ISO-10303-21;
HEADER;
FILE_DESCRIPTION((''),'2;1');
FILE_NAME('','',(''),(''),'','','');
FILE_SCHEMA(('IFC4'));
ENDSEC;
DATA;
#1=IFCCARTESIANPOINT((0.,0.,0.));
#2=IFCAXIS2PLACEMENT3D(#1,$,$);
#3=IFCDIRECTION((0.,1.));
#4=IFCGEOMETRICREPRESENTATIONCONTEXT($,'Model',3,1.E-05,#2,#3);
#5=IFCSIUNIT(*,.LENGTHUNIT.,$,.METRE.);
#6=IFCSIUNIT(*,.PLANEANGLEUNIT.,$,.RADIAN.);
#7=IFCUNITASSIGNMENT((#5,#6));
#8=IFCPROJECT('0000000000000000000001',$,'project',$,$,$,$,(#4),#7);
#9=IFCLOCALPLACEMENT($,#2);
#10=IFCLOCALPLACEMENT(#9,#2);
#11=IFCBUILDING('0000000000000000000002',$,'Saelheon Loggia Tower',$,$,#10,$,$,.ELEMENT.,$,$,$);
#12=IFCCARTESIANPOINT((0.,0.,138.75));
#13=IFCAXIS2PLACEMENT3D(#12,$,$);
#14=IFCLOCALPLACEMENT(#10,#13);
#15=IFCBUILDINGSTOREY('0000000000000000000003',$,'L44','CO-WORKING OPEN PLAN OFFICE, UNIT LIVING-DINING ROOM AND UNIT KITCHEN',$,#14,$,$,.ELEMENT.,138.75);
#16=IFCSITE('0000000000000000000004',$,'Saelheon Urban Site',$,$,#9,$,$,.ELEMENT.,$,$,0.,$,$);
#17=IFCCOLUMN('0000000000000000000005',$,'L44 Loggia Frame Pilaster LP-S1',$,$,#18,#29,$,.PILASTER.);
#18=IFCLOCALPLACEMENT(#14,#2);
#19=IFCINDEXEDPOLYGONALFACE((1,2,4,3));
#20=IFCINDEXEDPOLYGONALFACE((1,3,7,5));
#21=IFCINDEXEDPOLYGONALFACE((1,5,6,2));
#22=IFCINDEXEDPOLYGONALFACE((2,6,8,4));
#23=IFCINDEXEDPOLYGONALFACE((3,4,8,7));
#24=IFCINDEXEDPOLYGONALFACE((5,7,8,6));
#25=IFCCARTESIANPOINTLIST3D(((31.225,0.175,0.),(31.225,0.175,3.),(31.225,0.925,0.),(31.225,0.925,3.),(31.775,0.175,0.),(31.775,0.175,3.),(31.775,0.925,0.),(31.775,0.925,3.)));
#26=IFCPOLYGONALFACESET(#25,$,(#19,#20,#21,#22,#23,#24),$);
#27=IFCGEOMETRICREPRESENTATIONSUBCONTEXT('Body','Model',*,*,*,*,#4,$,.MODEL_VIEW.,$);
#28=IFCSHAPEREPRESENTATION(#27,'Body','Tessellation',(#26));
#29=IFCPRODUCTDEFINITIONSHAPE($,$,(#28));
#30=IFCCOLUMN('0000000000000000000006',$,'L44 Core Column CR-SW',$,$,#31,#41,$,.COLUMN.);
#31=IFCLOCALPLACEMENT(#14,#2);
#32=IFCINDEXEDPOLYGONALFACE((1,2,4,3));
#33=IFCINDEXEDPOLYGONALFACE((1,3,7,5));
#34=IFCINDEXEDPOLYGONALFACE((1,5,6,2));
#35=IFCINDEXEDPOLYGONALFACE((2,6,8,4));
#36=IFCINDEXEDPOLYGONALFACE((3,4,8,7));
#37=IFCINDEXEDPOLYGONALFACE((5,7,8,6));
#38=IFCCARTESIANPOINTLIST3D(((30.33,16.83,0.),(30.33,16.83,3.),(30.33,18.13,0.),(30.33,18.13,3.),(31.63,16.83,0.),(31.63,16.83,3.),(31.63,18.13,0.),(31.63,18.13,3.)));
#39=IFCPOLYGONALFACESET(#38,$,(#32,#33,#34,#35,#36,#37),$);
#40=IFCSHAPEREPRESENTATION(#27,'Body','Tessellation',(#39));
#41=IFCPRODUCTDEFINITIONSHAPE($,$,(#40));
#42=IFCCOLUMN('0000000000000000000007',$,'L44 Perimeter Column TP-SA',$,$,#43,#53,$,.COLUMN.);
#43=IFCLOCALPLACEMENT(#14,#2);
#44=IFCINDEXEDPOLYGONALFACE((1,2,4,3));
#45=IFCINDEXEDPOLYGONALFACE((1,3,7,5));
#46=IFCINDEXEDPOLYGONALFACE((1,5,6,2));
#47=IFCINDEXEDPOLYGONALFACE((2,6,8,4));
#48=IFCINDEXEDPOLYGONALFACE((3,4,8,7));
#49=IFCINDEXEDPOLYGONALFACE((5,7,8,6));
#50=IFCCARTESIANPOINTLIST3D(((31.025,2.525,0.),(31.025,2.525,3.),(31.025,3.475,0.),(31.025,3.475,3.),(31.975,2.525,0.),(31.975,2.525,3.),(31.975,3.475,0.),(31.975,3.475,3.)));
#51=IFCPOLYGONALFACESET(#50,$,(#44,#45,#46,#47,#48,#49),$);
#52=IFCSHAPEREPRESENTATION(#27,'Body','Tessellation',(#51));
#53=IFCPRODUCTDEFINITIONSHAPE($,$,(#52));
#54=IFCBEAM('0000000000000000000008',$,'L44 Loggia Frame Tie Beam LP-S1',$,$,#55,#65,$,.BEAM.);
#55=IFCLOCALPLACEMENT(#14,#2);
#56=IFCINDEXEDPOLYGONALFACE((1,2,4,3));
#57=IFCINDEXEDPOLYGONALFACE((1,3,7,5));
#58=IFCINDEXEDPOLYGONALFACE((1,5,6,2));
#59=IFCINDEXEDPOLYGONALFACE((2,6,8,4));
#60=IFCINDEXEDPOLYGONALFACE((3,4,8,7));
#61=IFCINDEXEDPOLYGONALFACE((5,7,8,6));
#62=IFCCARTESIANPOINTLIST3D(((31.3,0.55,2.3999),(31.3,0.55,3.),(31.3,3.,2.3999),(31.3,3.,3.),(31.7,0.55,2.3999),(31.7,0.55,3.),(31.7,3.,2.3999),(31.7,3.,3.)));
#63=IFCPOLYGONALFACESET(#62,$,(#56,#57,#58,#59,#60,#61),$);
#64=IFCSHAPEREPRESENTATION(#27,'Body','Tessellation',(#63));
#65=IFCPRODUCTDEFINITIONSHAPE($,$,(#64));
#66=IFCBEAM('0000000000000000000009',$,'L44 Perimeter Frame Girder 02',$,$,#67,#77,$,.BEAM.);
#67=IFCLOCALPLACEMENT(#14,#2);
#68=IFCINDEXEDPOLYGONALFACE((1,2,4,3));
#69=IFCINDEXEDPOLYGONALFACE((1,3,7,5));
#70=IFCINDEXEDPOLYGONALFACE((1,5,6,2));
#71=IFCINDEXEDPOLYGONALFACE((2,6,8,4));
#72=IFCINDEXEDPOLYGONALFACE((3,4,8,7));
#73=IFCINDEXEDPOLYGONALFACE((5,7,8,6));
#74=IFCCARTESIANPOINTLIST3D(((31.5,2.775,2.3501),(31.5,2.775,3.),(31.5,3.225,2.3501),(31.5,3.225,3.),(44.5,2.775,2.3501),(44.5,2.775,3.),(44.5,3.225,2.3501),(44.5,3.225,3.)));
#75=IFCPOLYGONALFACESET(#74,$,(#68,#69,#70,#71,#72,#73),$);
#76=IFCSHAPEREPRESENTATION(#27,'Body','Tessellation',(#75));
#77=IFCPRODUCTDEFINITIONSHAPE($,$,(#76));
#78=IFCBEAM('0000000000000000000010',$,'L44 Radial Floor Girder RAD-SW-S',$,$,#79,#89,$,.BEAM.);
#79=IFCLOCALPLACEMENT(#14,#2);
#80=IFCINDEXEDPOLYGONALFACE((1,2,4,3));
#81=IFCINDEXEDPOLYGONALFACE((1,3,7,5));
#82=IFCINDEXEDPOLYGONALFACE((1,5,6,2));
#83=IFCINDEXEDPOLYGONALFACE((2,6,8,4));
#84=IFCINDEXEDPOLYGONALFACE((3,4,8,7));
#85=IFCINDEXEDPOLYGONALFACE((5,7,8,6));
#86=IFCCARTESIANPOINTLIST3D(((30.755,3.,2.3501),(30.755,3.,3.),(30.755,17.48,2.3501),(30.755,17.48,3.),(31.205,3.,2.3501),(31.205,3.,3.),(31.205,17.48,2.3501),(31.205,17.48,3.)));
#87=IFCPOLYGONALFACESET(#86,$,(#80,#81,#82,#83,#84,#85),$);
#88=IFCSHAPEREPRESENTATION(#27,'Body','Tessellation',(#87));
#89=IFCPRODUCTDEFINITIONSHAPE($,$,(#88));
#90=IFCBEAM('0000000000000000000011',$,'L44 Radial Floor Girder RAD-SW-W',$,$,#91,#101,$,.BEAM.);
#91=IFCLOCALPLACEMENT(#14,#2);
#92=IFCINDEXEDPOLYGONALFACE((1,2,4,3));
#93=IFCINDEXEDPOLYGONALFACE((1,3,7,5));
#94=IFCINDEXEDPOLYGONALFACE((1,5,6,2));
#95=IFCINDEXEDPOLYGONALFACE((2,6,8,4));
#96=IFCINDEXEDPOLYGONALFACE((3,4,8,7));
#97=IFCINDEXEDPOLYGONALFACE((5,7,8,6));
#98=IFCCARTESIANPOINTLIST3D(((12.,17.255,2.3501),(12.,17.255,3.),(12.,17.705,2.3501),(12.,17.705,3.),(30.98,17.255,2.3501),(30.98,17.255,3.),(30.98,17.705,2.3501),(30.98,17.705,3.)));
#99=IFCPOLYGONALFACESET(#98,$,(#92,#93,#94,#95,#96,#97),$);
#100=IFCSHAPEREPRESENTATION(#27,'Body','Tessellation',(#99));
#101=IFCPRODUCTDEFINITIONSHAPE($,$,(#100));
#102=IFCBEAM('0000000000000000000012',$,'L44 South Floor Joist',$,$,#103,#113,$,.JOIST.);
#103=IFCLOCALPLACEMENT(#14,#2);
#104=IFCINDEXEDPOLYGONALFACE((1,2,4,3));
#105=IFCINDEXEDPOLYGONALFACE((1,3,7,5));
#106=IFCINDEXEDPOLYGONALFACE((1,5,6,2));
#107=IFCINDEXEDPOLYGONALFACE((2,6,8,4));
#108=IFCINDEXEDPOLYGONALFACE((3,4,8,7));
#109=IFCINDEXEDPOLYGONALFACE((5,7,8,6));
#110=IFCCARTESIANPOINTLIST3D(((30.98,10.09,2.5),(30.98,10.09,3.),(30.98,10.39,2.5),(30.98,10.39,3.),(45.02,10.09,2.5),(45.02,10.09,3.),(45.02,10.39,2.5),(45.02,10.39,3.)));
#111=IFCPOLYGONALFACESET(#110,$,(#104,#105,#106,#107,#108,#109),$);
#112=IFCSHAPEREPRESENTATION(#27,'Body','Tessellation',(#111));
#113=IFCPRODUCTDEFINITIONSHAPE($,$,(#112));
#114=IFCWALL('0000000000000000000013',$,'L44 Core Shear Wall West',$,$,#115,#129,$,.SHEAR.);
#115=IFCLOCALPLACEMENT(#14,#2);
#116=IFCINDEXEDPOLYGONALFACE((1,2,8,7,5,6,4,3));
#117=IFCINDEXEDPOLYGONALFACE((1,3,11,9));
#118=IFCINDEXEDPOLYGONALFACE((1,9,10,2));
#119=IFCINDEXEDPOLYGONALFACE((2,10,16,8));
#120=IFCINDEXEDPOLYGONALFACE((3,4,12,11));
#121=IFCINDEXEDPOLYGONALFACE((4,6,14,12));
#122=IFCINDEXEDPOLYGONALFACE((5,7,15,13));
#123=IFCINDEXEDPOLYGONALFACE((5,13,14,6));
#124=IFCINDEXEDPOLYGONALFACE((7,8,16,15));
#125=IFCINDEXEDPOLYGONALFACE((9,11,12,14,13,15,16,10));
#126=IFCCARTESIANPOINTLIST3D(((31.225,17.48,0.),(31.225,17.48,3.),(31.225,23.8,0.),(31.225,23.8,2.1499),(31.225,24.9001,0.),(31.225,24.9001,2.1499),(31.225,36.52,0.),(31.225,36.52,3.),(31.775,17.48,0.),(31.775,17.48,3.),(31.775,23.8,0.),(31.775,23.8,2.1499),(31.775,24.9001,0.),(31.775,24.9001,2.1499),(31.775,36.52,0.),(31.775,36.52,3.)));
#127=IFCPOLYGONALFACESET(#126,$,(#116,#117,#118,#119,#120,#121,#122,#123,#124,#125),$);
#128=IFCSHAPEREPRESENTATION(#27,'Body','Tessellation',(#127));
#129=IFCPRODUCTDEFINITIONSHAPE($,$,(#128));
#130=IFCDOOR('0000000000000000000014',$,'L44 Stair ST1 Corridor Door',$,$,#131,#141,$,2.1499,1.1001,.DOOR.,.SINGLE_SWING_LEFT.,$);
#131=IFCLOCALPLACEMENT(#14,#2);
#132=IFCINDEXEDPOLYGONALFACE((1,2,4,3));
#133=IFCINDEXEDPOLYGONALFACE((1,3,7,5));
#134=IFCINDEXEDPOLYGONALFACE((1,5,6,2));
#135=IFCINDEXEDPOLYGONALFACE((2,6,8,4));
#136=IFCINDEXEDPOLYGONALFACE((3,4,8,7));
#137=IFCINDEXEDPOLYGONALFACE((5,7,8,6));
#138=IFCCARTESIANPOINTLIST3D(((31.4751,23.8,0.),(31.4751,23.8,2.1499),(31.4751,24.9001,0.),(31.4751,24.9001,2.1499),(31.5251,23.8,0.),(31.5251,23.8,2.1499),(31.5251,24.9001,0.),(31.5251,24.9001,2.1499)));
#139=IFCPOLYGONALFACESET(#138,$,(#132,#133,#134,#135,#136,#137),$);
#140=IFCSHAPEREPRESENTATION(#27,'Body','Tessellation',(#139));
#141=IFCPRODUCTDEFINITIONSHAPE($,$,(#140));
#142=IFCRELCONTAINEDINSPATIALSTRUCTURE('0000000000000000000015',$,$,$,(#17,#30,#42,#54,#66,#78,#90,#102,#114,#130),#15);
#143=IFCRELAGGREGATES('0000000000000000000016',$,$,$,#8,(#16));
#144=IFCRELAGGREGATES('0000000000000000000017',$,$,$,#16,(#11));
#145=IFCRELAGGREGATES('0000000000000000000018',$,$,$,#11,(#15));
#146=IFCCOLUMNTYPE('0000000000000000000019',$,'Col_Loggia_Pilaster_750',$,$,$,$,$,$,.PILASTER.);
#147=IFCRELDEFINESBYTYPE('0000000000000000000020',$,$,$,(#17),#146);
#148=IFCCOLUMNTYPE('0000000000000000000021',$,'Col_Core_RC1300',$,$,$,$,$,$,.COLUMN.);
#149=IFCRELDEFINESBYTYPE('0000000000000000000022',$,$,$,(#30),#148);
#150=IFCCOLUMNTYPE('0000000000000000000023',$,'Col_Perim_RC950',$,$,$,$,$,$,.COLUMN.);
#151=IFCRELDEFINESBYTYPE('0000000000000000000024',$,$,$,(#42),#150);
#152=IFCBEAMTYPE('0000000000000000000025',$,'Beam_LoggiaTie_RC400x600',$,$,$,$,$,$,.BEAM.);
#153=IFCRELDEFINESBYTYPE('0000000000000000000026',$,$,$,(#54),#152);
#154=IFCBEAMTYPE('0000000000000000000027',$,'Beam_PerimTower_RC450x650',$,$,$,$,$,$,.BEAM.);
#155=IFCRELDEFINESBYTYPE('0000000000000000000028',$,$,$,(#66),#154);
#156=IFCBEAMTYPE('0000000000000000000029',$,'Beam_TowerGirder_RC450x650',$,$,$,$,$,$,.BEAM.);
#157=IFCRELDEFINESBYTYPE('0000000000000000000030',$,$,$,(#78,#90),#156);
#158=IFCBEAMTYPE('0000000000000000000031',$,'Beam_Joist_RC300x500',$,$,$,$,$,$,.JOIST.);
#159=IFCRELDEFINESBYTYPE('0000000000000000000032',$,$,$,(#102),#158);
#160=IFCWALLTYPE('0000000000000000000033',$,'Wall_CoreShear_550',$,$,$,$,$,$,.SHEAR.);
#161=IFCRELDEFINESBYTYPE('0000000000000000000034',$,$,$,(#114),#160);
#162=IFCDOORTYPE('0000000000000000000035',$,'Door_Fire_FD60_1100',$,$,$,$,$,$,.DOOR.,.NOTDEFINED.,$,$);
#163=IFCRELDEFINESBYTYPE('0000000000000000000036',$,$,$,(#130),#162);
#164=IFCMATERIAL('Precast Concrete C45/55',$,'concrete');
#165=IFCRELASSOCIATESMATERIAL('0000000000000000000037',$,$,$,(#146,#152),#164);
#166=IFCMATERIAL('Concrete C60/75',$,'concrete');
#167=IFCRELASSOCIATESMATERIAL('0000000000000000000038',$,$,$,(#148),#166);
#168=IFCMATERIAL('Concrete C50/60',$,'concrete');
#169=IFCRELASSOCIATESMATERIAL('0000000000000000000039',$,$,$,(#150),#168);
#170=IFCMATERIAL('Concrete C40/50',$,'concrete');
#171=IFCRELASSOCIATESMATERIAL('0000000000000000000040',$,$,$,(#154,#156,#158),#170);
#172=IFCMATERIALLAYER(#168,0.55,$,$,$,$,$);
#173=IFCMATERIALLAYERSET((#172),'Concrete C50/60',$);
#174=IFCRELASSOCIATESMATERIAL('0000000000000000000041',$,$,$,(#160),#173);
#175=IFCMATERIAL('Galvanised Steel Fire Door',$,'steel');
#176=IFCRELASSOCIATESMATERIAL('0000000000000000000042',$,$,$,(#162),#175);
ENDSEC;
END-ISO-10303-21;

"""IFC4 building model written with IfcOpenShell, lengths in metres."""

from ifc_helpers import new_model, si_unit, direction, frame, frame_2d, origin, origin_2d, place, context, subcontext, project, spatial, rectangle, extrude, source, transform, mapped, material, layer, layer_set, material_profile, profile_set, type_object, element, fill, save


model = new_model("IFC4")

# Units and contexts
model_context = context("Model", 3, precision=1e-05, world=origin(), true_north=direction((0.0, 1.0)))
body_context = subcontext(model_context, "Body", "Model", "MODEL_VIEW")
ifc_project = project(units=[si_unit("LENGTHUNIT", "METRE"), si_unit("PLANEANGLEUNIT", "RADIAN")], contexts=[model_context])

# Site, building, storey
site_placement = place(None, origin())
site = spatial("IfcSite", under=ifc_project, at=site_placement, Name="Saelheon Urban Site", CompositionType="ELEMENT", RefElevation=0.0)
building_placement = place(site_placement, origin())
building = spatial("IfcBuilding", under=site, at=building_placement, Name="Saelheon Loggia Tower", CompositionType="ELEMENT")
storey_placement = place(building_placement, frame((0.0, 0.0, 138.75)))
storey = spatial("IfcBuildingStorey", under=building, at=storey_placement, Name="L44", Description="CO-WORKING OPEN PLAN OFFICE, UNIT LIVING-DINING ROOM AND UNIT KITCHEN", CompositionType="ELEMENT", Elevation=138.75)

# Columns
ifc_material_1 = material(Name="Precast Concrete C45/55", Category="concrete")
ifc_material_profile_1 = material_profile(ifc_material_1, rectangle(XDim=0.55, YDim=0.75, at=origin_2d()), Name="RC-550x750")
ifc_profile_set_1 = profile_set([ifc_material_profile_1], Name="Precast Concrete C45/55")
column_type_1 = type_object("IfcColumnType", Name="Col_Loggia_Pilaster_750", PredefinedType="PILASTER", material=ifc_profile_set_1)
shared_shape_1 = source(origin(), body_context, "Body", "SweptSolid", [
    extrude(rectangle(XDim=0.55, YDim=0.75, at=origin_2d()), origin(), (0.0, 0.0, 1.0), 3.0),
])
column_1_placement = place(storey_placement, frame((31.5, 0.55, 0.0), z_axis=(0.0, 0.0, 1.0), x_axis=(1.0, 0.0, 0.0)))
element("IfcColumn", 1, at=column_1_placement, inside=storey, type_object=column_type_1, Name="L44 Loggia Frame Pilaster LP-S1", PredefinedType="PILASTER", context=body_context, shape_type="MappedRepresentation", body=[
    mapped(shared_shape_1, transform((0.0, 0.0, 0.0), scale=1.0)),
])
ifc_material_2 = material(Name="Concrete C60/75", Category="concrete")
ifc_material_profile_2 = material_profile(ifc_material_2, rectangle(XDim=1.3, YDim=1.3, at=origin_2d()), Name="RC-1300x1300")
ifc_profile_set_2 = profile_set([ifc_material_profile_2], Name="Concrete C60/75")
column_type_2 = type_object("IfcColumnType", Name="Col_Core_RC1300", PredefinedType="COLUMN", material=ifc_profile_set_2)
shared_shape_2 = source(origin(), body_context, "Body", "SweptSolid", [
    extrude(rectangle(XDim=1.3, YDim=1.3, at=origin_2d()), origin(), (0.0, 0.0, 1.0), 3.0),
])
column_2_placement = place(storey_placement, frame((30.98, 17.48, 0.0), z_axis=(0.0, 0.0, 1.0), x_axis=(1.0, 0.0, 0.0)))
element("IfcColumn", 2, at=column_2_placement, inside=storey, type_object=column_type_2, Name="L44 Core Column CR-SW", PredefinedType="COLUMN", context=body_context, shape_type="MappedRepresentation", body=[
    mapped(shared_shape_2, transform((0.0, 0.0, 0.0), scale=1.0)),
])
ifc_material_3 = material(Name="Concrete C50/60", Category="concrete")
ifc_material_profile_3 = material_profile(ifc_material_3, rectangle(XDim=0.95, YDim=0.95, at=origin_2d()), Name="RC-950x950")
ifc_profile_set_3 = profile_set([ifc_material_profile_3], Name="Concrete C50/60")
column_type_3 = type_object("IfcColumnType", Name="Col_Perim_RC950", PredefinedType="COLUMN", material=ifc_profile_set_3)
shared_shape_3 = source(origin(), body_context, "Body", "SweptSolid", [
    extrude(rectangle(XDim=0.95, YDim=0.95, at=origin_2d()), origin(), (0.0, 0.0, 1.0), 3.0),
])
column_3_placement = place(storey_placement, frame((31.5, 3.0, 0.0), z_axis=(0.0, 0.0, 1.0), x_axis=(1.0, 0.0, 0.0)))
element("IfcColumn", 3, at=column_3_placement, inside=storey, type_object=column_type_3, Name="L44 Perimeter Column TP-SA", PredefinedType="COLUMN", context=body_context, shape_type="MappedRepresentation", body=[
    mapped(shared_shape_3, transform((0.0, 0.0, 0.0), scale=1.0)),
])

# Beams
ifc_material_profile_4 = material_profile(ifc_material_1, rectangle(XDim=0.3999, YDim=0.6001, at=origin_2d()), Name="RC-400x600")
ifc_profile_set_4 = profile_set([ifc_material_profile_4], Name="Precast Concrete C45/55")
beam_type_1 = type_object("IfcBeamType", Name="Beam_LoggiaTie_RC400x600", PredefinedType="BEAM", material=ifc_profile_set_4)
shared_shape_4 = source(origin(), body_context, "Body", "SweptSolid", [
    extrude(rectangle(XDim=0.3999, YDim=0.6001, at=origin_2d()), origin(), (0.0, 0.0, 1.0), 2.45),
])
beam_1_placement = place(storey_placement, frame((31.5, 3.0, 2.7), z_axis=(0.0, -1.0, 0.0), x_axis=(1.0, 0.0, 0.0)))
element("IfcBeam", 4, at=beam_1_placement, inside=storey, type_object=beam_type_1, Name="L44 Loggia Frame Tie Beam LP-S1", PredefinedType="BEAM", context=body_context, shape_type="MappedRepresentation", body=[
    mapped(shared_shape_4, transform((0.0, 0.0, 0.0), scale=1.0)),
])
ifc_material_4 = material(Name="Concrete C40/50", Category="concrete")
ifc_material_profile_5 = material_profile(ifc_material_4, rectangle(XDim=0.45, YDim=0.6499, at=origin_2d()), Name="RC-450x650")
ifc_profile_set_5 = profile_set([ifc_material_profile_5], Name="Concrete C40/50")
beam_type_2 = type_object("IfcBeamType", Name="Beam_PerimTower_RC450x650", PredefinedType="BEAM", material=ifc_profile_set_5)
shared_shape_5 = source(origin(), body_context, "Body", "SweptSolid", [
    extrude(rectangle(XDim=0.45, YDim=0.6499, at=origin_2d()), origin(), (0.0, 0.0, 1.0), 13.0),
])
beam_2_placement = place(storey_placement, frame((31.5, 3.0, 2.675), z_axis=(1.0, 0.0, 0.0), x_axis=(0.0, 1.0, 0.0)))
element("IfcBeam", 5, at=beam_2_placement, inside=storey, type_object=beam_type_2, Name="L44 Perimeter Frame Girder 02", PredefinedType="BEAM", context=body_context, shape_type="MappedRepresentation", body=[
    mapped(shared_shape_5, transform((0.0, 0.0, 0.0), scale=1.0)),
])
ifc_material_profile_6 = material_profile(ifc_material_4, rectangle(XDim=0.45, YDim=0.6499, at=origin_2d()), Name="RC-450x650")
ifc_profile_set_6 = profile_set([ifc_material_profile_6], Name="Concrete C40/50")
beam_type_3 = type_object("IfcBeamType", Name="Beam_TowerGirder_RC450x650", PredefinedType="BEAM", material=ifc_profile_set_6)
shared_shape_6 = source(origin(), body_context, "Body", "SweptSolid", [
    extrude(rectangle(XDim=0.45, YDim=0.6499, at=origin_2d()), origin(), (0.0, 0.0, 1.0), 14.48),
])
beam_3_placement = place(storey_placement, frame((30.98, 17.48, 2.675), z_axis=(0.0, -1.0, 0.0), x_axis=(1.0, 0.0, 0.0)))
element("IfcBeam", 6, at=beam_3_placement, inside=storey, type_object=beam_type_3, Name="L44 Radial Floor Girder RAD-SW-S", PredefinedType="BEAM", context=body_context, shape_type="MappedRepresentation", body=[
    mapped(shared_shape_6, transform((0.0, 0.0, 0.0), scale=1.0)),
])
shared_shape_7 = source(origin(), body_context, "Body", "SweptSolid", [
    extrude(rectangle(XDim=0.45, YDim=0.6499, at=origin_2d()), origin(), (0.0, 0.0, 1.0), 18.98),
])
beam_4_placement = place(storey_placement, frame((30.98, 17.48, 2.675), z_axis=(-1.0, 0.0, 0.0), x_axis=(0.0, -1.0, 0.0)))
element("IfcBeam", 7, at=beam_4_placement, inside=storey, type_object=beam_type_3, Name="L44 Radial Floor Girder RAD-SW-W", PredefinedType="BEAM", context=body_context, shape_type="MappedRepresentation", body=[
    mapped(shared_shape_7, transform((0.0, 0.0, 0.0), scale=1.0)),
])
ifc_material_profile_7 = material_profile(ifc_material_4, rectangle(XDim=0.3, YDim=0.5, at=origin_2d()), Name="RC-300x500")
ifc_profile_set_7 = profile_set([ifc_material_profile_7], Name="Concrete C40/50")
beam_type_4 = type_object("IfcBeamType", Name="Beam_Joist_RC300x500", PredefinedType="JOIST", material=ifc_profile_set_7)
shared_shape_8 = source(origin(), body_context, "Body", "SweptSolid", [
    extrude(rectangle(XDim=0.3, YDim=0.5, at=origin_2d()), origin(), (0.0, 0.0, 1.0), 14.04),
])
beam_5_placement = place(storey_placement, frame((30.98, 10.24, 2.75), z_axis=(1.0, 0.0, 0.0), x_axis=(0.0, 1.0, 0.0)))
element("IfcBeam", 8, at=beam_5_placement, inside=storey, type_object=beam_type_4, Name="L44 South Floor Joist", PredefinedType="JOIST", context=body_context, shape_type="MappedRepresentation", body=[
    mapped(shared_shape_8, transform((0.0, 0.0, 0.0), scale=1.0)),
])

# Wall, opening, door
ifc_layer_1 = layer(ifc_material_3, 0.55)
ifc_layer_set_1 = layer_set([ifc_layer_1], Name="Concrete C50/60")
wall_type_1 = type_object("IfcWallType", Name="Wall_CoreShear_550", PredefinedType="SHEAR", material=ifc_layer_set_1)
wall_1_placement = place(storey_placement, frame((31.5, 17.48, 0.0), z_axis=(0.0, 0.0, 1.0), x_axis=(0.0, 1.0, 0.0)))
wall_1 = element("IfcWall", 9, at=wall_1_placement, inside=storey, type_object=wall_type_1, Name="L44 Core Shear Wall West", PredefinedType="SHEAR", context=body_context, shape_type="SweptSolid", body=[
    extrude(rectangle(XDim=19.04, YDim=0.55, at=frame_2d((9.52, 0.0))), origin(), (0.0, 0.0, 1.0), 3.0),
])
opening_1_placement = place(wall_1_placement, frame((6.3201, 0.0, 0.0)))
opening_1 = element("IfcOpeningElement", 10, at=opening_1_placement, cuts=wall_1, PredefinedType="OPENING", context=body_context, shape_type="SweptSolid", body=[
    extrude(rectangle(XDim=1.1001, YDim=2.1499, at=frame_2d((0.55, 1.075))), frame((0.0, 0.2871, 0.0), z_axis=(0.0, -1.0, 0.0), x_axis=(1.0, 0.0, 0.0)), (0.0, 0.0, 1.0), 0.574),
])
ifc_material_5 = material(Name="Galvanised Steel Fire Door", Category="steel")
door_type_1 = type_object("IfcDoorType", Name="Door_Fire_FD60_1100", OperationType="NOTDEFINED", PredefinedType="DOOR", material=ifc_material_5)
shared_shape_9 = source(origin(), body_context, "Body", "SweptSolid", [
    extrude(rectangle(XDim=1.1001, YDim=2.1499, at=frame_2d((0.55, 1.075))), frame((0.0, 0.0249, 0.0), z_axis=(0.0, -1.0, 0.0), x_axis=(1.0, 0.0, 0.0)), (0.0, 0.0, 1.0), 0.05),
])
door_1_placement = place(opening_1_placement, origin())
door_1 = element("IfcDoor", 11, at=door_1_placement, inside=storey, type_object=door_type_1, Name="L44 Stair ST1 Corridor Door", OperationType="SINGLE_SWING_LEFT", OverallHeight=2.1499, OverallWidth=1.1001, PredefinedType="DOOR", context=body_context, shape_type="MappedRepresentation", body=[
    mapped(shared_shape_9, transform((0.0, 0.0, 0.0), scale=1.0)),
])
fill(opening_1, door_1)

save(model, "model.ifc")
